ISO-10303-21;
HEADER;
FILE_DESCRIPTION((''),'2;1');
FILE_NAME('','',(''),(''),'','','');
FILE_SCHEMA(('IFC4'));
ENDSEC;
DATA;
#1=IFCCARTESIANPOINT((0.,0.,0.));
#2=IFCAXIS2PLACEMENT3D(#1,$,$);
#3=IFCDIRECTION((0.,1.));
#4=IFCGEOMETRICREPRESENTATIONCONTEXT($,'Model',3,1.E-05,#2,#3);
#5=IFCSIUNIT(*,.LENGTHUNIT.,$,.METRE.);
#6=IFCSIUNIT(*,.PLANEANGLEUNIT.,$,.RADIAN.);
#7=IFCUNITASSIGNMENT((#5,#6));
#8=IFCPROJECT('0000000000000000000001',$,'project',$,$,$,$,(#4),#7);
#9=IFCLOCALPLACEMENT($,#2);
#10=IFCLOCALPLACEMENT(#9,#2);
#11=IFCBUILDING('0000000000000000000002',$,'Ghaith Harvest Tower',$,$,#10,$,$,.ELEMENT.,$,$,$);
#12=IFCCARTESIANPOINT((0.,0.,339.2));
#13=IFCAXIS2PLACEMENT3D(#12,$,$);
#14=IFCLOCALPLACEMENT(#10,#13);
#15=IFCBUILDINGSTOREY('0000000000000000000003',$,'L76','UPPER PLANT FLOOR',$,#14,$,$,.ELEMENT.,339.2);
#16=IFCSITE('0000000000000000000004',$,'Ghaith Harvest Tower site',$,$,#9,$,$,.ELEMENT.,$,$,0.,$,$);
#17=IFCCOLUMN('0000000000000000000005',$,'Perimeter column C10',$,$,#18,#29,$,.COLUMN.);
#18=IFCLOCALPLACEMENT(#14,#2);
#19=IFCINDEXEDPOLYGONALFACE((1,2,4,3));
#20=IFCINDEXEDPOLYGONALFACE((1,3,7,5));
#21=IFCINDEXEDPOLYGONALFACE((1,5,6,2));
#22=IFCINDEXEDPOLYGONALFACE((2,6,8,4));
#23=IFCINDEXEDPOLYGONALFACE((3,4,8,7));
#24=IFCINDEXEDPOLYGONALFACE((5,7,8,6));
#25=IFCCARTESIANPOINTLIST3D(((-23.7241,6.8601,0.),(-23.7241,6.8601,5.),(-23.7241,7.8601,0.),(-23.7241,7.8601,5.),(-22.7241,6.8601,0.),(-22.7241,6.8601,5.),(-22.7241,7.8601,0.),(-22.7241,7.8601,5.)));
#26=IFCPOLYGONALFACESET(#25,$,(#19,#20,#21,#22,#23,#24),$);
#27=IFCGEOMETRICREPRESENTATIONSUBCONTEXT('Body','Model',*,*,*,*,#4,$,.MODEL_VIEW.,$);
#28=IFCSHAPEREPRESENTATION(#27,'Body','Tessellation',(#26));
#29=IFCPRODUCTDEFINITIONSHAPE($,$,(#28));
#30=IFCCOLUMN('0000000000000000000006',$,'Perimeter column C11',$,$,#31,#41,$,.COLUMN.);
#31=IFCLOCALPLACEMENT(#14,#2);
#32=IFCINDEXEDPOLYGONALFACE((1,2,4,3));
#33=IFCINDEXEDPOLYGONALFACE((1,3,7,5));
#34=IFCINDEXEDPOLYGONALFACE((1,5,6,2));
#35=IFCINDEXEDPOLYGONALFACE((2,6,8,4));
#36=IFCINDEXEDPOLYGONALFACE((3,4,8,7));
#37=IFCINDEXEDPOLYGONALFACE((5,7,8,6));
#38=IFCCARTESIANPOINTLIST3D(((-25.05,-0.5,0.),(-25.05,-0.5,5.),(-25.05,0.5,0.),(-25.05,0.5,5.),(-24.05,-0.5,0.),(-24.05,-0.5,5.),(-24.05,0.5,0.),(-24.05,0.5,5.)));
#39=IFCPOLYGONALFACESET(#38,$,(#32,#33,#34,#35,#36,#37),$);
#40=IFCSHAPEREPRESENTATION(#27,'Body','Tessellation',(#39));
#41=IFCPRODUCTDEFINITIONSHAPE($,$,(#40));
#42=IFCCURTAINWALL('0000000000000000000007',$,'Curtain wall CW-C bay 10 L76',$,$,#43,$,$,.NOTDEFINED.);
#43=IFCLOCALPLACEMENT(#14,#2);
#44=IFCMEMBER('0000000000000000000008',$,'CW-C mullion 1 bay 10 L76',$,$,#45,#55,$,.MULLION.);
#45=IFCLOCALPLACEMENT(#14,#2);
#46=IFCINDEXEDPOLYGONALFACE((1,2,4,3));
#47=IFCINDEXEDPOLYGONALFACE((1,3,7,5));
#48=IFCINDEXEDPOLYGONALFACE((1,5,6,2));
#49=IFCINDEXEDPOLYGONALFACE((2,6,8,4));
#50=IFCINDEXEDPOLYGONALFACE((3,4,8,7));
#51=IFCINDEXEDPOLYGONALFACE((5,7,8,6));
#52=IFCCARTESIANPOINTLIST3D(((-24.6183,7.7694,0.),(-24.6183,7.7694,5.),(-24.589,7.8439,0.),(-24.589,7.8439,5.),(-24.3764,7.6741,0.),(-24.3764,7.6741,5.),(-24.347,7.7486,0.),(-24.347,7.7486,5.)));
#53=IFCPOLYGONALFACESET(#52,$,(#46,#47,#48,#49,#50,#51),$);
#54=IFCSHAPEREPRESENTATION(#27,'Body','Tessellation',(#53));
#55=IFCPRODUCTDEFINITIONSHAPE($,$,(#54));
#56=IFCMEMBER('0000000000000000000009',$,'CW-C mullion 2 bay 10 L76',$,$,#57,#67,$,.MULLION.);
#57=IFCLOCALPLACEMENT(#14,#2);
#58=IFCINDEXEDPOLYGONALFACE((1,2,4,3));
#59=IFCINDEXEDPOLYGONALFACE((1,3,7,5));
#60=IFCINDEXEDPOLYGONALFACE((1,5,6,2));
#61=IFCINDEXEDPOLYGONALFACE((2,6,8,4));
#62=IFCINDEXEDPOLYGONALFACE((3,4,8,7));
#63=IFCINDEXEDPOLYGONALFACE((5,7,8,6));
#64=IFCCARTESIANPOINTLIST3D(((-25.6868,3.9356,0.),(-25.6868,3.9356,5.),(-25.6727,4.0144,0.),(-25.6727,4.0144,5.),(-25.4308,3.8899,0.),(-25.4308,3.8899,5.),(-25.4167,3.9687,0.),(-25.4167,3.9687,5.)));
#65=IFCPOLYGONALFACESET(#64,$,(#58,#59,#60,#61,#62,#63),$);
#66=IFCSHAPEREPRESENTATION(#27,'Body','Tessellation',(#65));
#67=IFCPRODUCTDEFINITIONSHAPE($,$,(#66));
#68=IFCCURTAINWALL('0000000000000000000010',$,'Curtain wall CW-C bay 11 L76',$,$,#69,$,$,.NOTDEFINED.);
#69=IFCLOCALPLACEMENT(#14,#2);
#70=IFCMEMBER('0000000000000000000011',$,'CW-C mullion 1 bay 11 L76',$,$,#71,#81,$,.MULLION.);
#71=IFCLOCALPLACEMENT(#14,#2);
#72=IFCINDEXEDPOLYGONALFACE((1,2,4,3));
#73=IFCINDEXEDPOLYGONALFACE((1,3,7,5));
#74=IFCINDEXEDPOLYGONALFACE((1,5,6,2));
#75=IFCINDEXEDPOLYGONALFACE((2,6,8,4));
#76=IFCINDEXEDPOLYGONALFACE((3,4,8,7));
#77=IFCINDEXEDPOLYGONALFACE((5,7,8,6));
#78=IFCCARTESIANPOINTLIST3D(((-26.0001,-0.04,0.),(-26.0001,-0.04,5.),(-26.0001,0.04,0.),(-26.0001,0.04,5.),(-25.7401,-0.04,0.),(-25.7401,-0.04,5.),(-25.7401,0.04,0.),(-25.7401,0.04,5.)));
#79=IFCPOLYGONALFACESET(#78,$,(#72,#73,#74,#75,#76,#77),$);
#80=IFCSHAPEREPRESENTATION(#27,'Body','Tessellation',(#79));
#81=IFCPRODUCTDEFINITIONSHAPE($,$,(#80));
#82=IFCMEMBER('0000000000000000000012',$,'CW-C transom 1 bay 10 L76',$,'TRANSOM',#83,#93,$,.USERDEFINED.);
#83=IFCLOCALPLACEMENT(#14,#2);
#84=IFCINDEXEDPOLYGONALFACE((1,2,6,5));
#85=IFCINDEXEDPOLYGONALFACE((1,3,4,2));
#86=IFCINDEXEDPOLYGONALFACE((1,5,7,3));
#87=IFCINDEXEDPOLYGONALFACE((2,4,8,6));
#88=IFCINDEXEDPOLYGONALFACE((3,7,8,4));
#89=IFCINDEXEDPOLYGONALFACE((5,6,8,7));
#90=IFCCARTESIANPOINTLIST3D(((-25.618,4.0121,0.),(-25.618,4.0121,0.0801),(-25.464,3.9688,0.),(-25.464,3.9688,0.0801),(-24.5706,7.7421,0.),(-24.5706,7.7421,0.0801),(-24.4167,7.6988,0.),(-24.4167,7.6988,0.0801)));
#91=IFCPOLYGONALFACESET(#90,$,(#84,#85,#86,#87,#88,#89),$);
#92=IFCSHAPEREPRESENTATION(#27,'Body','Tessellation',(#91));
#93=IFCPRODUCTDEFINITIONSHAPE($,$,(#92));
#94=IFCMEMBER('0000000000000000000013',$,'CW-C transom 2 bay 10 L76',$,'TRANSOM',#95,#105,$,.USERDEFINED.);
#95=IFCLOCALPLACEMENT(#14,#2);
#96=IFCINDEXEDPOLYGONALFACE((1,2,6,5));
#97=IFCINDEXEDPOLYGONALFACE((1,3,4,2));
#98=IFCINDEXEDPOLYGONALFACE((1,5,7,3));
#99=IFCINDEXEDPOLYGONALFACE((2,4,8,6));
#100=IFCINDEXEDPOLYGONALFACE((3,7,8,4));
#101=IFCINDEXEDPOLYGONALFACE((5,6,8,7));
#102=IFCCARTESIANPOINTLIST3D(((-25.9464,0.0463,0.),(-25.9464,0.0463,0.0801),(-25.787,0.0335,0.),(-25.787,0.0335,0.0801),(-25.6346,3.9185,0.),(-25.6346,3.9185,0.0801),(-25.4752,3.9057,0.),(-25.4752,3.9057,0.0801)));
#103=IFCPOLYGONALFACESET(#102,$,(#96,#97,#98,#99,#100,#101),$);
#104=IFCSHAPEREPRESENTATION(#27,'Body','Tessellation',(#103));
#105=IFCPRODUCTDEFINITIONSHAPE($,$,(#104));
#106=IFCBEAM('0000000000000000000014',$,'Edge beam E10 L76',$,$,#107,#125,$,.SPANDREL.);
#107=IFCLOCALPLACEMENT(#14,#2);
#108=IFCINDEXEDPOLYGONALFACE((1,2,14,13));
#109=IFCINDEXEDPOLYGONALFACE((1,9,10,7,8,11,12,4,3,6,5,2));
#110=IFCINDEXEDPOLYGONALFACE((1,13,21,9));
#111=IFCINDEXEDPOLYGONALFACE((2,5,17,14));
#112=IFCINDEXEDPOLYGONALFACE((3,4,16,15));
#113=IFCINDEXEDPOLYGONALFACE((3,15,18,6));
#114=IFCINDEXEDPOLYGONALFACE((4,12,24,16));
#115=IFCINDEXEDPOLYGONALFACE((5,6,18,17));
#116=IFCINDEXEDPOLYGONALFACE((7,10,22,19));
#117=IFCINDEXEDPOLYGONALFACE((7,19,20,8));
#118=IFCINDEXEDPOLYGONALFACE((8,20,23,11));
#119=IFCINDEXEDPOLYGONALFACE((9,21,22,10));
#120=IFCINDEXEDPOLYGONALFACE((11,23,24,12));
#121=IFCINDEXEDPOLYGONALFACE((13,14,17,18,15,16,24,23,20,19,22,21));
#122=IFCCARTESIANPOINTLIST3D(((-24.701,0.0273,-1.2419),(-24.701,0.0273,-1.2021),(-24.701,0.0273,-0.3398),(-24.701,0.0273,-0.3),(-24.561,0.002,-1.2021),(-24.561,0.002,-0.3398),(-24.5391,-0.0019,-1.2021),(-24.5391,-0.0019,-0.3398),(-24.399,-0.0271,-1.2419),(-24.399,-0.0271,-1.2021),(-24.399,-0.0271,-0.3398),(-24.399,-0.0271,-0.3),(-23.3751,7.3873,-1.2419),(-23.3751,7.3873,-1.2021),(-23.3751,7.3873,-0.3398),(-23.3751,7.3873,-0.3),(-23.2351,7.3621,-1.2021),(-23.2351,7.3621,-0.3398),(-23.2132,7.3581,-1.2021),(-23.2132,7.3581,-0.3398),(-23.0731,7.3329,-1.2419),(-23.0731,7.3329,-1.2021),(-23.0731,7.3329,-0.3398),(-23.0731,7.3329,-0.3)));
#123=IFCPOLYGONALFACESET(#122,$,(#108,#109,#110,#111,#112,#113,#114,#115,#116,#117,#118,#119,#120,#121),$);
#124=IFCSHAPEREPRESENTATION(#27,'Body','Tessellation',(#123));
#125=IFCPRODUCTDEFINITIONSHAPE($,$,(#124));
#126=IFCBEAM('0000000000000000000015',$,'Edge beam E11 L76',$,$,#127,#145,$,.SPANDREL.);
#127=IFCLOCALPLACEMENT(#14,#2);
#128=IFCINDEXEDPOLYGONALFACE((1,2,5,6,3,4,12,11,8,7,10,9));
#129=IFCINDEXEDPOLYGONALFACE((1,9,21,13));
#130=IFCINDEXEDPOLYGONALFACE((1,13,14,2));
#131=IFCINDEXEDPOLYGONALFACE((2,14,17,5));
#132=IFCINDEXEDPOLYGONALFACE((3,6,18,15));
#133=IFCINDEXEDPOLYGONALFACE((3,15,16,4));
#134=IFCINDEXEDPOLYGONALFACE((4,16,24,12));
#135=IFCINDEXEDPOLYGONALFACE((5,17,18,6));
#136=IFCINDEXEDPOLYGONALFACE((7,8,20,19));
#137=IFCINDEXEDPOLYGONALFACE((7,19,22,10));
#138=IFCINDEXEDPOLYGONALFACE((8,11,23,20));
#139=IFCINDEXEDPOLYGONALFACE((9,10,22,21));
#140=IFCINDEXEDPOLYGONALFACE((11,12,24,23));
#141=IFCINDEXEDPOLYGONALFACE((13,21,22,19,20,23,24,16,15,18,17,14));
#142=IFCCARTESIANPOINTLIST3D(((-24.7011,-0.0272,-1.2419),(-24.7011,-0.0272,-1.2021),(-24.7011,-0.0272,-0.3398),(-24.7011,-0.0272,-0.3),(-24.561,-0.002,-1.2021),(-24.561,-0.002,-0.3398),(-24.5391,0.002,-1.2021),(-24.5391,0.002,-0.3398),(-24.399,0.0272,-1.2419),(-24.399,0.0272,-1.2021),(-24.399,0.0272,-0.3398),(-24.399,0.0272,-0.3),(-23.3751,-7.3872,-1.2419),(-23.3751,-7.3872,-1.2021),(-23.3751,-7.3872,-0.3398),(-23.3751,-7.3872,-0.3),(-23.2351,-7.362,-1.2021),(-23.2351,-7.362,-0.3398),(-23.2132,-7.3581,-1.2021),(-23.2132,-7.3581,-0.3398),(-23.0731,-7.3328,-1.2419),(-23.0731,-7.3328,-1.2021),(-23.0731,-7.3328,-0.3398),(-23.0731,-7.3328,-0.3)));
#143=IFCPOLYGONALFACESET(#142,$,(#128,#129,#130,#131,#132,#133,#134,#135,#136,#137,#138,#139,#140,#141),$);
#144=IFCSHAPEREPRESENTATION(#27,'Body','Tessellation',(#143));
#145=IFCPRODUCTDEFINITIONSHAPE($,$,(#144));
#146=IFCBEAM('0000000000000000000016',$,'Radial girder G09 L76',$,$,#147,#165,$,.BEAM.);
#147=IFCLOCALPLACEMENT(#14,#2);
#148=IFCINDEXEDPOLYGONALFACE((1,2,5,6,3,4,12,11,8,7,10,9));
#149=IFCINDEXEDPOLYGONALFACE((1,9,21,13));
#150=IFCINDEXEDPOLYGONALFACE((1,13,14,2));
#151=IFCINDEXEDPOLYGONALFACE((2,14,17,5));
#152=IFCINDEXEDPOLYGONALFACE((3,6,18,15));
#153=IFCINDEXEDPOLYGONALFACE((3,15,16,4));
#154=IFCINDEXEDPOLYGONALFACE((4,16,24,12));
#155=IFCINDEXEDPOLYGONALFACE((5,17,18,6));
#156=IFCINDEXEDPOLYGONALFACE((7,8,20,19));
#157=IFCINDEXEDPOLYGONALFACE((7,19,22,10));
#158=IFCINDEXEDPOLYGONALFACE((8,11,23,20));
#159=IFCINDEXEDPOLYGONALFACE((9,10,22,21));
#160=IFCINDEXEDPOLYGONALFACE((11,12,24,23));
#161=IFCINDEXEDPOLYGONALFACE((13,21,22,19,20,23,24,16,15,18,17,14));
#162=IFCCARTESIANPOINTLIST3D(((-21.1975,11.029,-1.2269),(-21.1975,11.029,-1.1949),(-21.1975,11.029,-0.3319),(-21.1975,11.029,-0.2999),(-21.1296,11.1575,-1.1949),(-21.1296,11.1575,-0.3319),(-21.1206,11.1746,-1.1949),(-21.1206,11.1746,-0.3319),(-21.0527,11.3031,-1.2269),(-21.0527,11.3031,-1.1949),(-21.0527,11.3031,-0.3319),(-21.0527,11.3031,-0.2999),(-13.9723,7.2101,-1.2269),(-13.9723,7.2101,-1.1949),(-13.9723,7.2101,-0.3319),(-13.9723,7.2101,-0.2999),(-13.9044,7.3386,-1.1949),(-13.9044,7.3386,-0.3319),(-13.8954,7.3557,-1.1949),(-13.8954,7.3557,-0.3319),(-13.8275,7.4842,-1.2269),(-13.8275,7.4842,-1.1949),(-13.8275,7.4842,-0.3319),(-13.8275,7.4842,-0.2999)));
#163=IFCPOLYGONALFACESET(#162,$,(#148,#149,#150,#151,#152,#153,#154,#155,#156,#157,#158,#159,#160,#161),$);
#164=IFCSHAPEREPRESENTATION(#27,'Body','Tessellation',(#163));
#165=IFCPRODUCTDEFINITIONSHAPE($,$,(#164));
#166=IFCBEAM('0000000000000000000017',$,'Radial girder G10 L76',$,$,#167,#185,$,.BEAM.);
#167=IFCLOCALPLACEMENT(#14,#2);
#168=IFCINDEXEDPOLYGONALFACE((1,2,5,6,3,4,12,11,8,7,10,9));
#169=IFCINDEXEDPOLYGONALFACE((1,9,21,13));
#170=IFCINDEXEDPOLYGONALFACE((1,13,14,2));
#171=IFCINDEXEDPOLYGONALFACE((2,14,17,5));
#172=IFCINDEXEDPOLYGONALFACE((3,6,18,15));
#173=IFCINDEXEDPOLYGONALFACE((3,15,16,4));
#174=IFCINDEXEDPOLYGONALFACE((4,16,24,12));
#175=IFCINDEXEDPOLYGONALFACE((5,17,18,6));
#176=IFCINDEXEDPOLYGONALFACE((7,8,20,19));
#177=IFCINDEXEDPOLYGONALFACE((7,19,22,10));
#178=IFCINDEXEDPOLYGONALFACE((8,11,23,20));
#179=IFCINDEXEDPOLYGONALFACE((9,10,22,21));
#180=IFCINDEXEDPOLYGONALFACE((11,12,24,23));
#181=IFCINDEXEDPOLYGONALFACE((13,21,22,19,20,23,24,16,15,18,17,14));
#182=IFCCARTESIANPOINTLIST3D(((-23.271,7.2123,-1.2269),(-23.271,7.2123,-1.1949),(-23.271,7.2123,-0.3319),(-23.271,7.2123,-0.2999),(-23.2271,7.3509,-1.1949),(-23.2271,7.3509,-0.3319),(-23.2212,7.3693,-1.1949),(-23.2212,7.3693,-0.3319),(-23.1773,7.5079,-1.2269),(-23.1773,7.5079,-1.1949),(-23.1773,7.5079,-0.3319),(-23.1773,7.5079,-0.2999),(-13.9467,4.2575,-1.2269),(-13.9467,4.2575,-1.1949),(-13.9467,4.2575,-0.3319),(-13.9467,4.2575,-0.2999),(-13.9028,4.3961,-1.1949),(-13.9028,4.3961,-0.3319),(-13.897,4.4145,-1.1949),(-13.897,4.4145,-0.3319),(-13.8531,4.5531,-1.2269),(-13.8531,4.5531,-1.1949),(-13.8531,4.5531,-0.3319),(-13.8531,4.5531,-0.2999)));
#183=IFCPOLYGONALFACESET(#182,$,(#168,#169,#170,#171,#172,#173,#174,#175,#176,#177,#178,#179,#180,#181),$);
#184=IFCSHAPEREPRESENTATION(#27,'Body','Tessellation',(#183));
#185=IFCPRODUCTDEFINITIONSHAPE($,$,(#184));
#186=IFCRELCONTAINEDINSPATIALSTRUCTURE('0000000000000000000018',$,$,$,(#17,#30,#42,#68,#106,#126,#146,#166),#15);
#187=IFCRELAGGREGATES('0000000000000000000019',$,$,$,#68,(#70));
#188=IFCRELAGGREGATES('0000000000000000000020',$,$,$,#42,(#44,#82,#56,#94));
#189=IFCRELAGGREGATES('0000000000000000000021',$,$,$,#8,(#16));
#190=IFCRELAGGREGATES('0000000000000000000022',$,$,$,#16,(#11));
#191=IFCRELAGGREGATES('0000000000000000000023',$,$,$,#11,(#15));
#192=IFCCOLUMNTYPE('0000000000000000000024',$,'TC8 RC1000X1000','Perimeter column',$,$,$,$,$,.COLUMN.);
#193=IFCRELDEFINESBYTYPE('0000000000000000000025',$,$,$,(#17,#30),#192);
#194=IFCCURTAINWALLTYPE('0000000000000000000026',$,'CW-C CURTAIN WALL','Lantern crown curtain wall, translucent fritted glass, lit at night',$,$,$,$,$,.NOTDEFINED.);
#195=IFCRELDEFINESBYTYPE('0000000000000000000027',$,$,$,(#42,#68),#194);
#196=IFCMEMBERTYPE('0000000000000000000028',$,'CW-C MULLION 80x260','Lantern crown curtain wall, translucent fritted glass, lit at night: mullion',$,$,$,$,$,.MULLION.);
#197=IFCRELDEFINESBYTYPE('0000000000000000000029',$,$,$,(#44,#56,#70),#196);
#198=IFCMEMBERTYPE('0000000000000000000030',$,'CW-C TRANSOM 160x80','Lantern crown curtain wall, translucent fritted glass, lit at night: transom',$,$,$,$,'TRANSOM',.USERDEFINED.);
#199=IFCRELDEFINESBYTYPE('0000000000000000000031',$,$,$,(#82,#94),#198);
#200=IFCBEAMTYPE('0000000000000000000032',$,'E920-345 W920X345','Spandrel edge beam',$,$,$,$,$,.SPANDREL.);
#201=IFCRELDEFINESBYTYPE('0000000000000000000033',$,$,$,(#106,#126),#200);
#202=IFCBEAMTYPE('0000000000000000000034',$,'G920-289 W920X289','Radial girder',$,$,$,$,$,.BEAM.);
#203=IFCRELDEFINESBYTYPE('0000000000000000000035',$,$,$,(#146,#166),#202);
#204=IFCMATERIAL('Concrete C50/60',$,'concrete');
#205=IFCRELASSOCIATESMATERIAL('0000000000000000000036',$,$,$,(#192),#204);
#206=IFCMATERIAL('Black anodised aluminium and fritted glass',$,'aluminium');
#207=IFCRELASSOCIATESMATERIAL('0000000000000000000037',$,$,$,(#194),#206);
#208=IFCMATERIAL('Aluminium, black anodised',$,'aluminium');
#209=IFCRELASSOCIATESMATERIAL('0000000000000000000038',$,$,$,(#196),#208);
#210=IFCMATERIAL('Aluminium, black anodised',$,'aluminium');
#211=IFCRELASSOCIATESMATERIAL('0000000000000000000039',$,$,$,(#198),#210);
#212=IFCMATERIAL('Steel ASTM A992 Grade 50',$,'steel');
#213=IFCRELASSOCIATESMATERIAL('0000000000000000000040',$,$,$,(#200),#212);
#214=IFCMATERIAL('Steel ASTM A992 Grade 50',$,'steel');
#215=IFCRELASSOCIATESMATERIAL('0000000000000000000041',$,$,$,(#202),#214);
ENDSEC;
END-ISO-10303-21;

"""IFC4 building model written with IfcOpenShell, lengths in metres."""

from ifc_helpers import new_model, si_unit, direction, frame, origin, origin_2d, place, context, subcontext, project, spatial, rectangle, i_section, extrude, material, material_profile, profile_set, type_object, element, aggregate, save


model = new_model("IFC4")

# Units and contexts
model_context = context("Model", 3, precision=1e-05, world=origin(), true_north=direction((0.0, 1.0)))
body_context = subcontext(model_context, "Body", "Model", "MODEL_VIEW")
ifc_project = project(units=[si_unit("LENGTHUNIT", "METRE"), si_unit("PLANEANGLEUNIT", "RADIAN")], contexts=[model_context])

# Site, building, storey
site_placement = place(None, origin())
site = spatial("IfcSite", under=ifc_project, at=site_placement, Name="Ghaith Harvest Tower site", CompositionType="ELEMENT", RefElevation=0.0)
building_placement = place(site_placement, origin())
building = spatial("IfcBuilding", under=site, at=building_placement, Name="Ghaith Harvest Tower", CompositionType="ELEMENT")
storey_placement = place(building_placement, frame((0.0, 0.0, 339.2)))
storey = spatial("IfcBuildingStorey", under=building, at=storey_placement, Name="L76", Description="UPPER PLANT FLOOR", CompositionType="ELEMENT", Elevation=339.2)

# Columns
ifc_material_1 = material(Name="Concrete C50/60", Category="concrete")
ifc_material_profile_1 = material_profile(ifc_material_1, rectangle(XDim=1.0, YDim=1.0, at=origin_2d()), Name="RC1000X1000")
ifc_profile_set_1 = profile_set([ifc_material_profile_1], Name="Concrete C50/60")
column_type = type_object("IfcColumnType", Name="TC8 RC1000X1000", Description="Perimeter column", PredefinedType="COLUMN", material=ifc_profile_set_1)
for number, where, z_axis, x_axis, name in (
    (1, (-23.2241, 7.3601, 0.0), (0.0, 0.0, 1.0), (1.0, 0.0, 0.0), "Perimeter column C10"),
    (2, (-24.55, 0.0, 0.0), (0.0, 0.0, 1.0), (1.0, 0.0, 0.0), "Perimeter column C11"),
):
    element("IfcColumn", number, at=place(storey_placement, frame(where, z_axis=z_axis, x_axis=x_axis)), inside=storey, type_object=column_type, Name=name, PredefinedType="COLUMN", context=body_context, shape_type="SweptSolid", body=[
        extrude(rectangle(XDim=1.0, YDim=1.0, at=origin_2d()), origin(), (0.0, 0.0, 1.0), 5.0),
    ])

# Curtain wall, members
ifc_material_2 = material(Name="Black anodised aluminium and fritted glass", Category="aluminium")
curtain_wall_type = type_object("IfcCurtainWallType", Name="CW-C CURTAIN WALL", Description="Lantern crown curtain wall, translucent fritted glass, lit at night", PredefinedType="NOTDEFINED", material=ifc_material_2)
curtain_wall_1_placement = place(storey_placement, origin())
curtain_wall_1 = element("IfcCurtainWall", 3, at=curtain_wall_1_placement, inside=storey, type_object=curtain_wall_type, Name="Curtain wall CW-C bay 10 L76", PredefinedType="NOTDEFINED")
ifc_material_3 = material(Name="Aluminium, black anodised", Category="aluminium")
ifc_material_profile_2 = material_profile(ifc_material_3, rectangle(XDim=0.0801, YDim=0.26, at=origin_2d()), Name="CW-C MULLION 80x260")
ifc_profile_set_2 = profile_set([ifc_material_profile_2], Name="Aluminium, black anodised")
member_type_1 = type_object("IfcMemberType", Name="CW-C MULLION 80x260", Description="Lantern crown curtain wall, translucent fritted glass, lit at night: mullion", PredefinedType="MULLION", material=ifc_profile_set_2)
member_1_placement = place(storey_placement, frame((-24.4827, 7.759, 0.0), z_axis=(0.0, 0.0, 1.0), x_axis=(-0.366473, -0.930429, 0.0)))
member_1 = element("IfcMember", 4, at=member_1_placement, type_object=member_type_1, Name="CW-C mullion 1 bay 10 L76", PredefinedType="MULLION", context=body_context, shape_type="SweptSolid", body=[
    extrude(rectangle(XDim=0.0801, YDim=0.26, at=origin_2d()), origin(), (0.0, 0.0, 1.0), 5.0),
])
member_2_placement = place(storey_placement, frame((-25.5518, 3.9521, 0.0), z_axis=(0.0, 0.0, 1.0), x_axis=(-0.176001, -0.98439, 0.0)))
member_2 = element("IfcMember", 5, at=member_2_placement, type_object=member_type_1, Name="CW-C mullion 2 bay 10 L76", PredefinedType="MULLION", context=body_context, shape_type="SweptSolid", body=[
    extrude(rectangle(XDim=0.0801, YDim=0.26, at=origin_2d()), origin(), (0.0, 0.0, 1.0), 5.0),
])

# Curtain wall, member
curtain_wall_2_placement = place(storey_placement, origin())
curtain_wall_2 = element("IfcCurtainWall", 6, at=curtain_wall_2_placement, inside=storey, type_object=curtain_wall_type, Name="Curtain wall CW-C bay 11 L76", PredefinedType="NOTDEFINED")
member_3_placement = place(storey_placement, frame((-25.8701, 0.0, 0.0), z_axis=(0.0, 0.0, 1.0), x_axis=(0.0, -1.0, 0.0)))
member_3 = element("IfcMember", 7, at=member_3_placement, type_object=member_type_1, Name="CW-C mullion 1 bay 11 L76", PredefinedType="MULLION", context=body_context, shape_type="SweptSolid", body=[
    extrude(rectangle(XDim=0.0801, YDim=0.26, at=origin_2d()), origin(), (0.0, 0.0, 1.0), 5.0),
])
aggregate(curtain_wall_2, [member_3])

# Members
ifc_material_4 = material(Name="Aluminium, black anodised", Category="aluminium")
ifc_material_profile_3 = material_profile(ifc_material_4, rectangle(XDim=0.1599, YDim=0.0801, at=origin_2d()), Name="CW-C TRANSOM 160x80")
ifc_profile_set_3 = profile_set([ifc_material_profile_3], Name="Aluminium, black anodised")
member_type_2 = type_object("IfcMemberType", Name="CW-C TRANSOM 160x80", Description="Lantern crown curtain wall, translucent fritted glass, lit at night: transom", ElementType="TRANSOM", PredefinedType="USERDEFINED", material=ifc_profile_set_3)
member_4_placement = place(storey_placement, frame((-24.4937, 7.7205, 0.04), z_axis=(-0.27034, -0.962765, 0.0), x_axis=(0.962765, -0.27034, 0.0)))
member_4 = element("IfcMember", 8, at=member_4_placement, type_object=member_type_2, Name="CW-C transom 1 bay 10 L76", ObjectType="TRANSOM", PredefinedType="USERDEFINED", context=body_context, shape_type="SweptSolid", body=[
    extrude(rectangle(XDim=0.1599, YDim=0.0801, at=origin_2d()), origin(), (0.0, 0.0, 1.0), 3.8743),
])
member_5_placement = place(storey_placement, frame((-25.5549, 3.9121, 0.04), z_axis=(-0.080252, -0.996775, 0.0), x_axis=(0.996775, -0.080252, 0.0)))
member_5 = element("IfcMember", 9, at=member_5_placement, type_object=member_type_2, Name="CW-C transom 2 bay 10 L76", ObjectType="TRANSOM", PredefinedType="USERDEFINED", context=body_context, shape_type="SweptSolid", body=[
    extrude(rectangle(XDim=0.1599, YDim=0.0801, at=origin_2d()), origin(), (0.0, 0.0, 1.0), 3.8848),
])

# Beams
ifc_material_5 = material(Name="Steel ASTM A992 Grade 50", Category="steel")
ifc_material_profile_4 = material_profile(ifc_material_5, i_section(OverallWidth=0.3069, OverallDepth=0.9419, WebThickness=0.0222, FlangeThickness=0.0398, at=origin_2d()), Name="W920X345")
ifc_profile_set_4 = profile_set([ifc_material_profile_4], Name="Steel ASTM A992 Grade 50")
beam_type_1 = type_object("IfcBeamType", Name="E920-345 W920X345", Description="Spandrel edge beam", PredefinedType="SPANDREL", material=ifc_profile_set_4)
for number, where, z_axis, x_axis, name in (
    (10, (-23.2241, 7.3601, -0.771), (-0.177297, -0.984157, 0.0), (0.984157, -0.177297, 0.0), "Edge beam E10 L76"),
    (11, (-24.55, 0.0, -0.771), (0.177297, -0.984157, 0.0), (0.984157, 0.177297, 0.0), "Edge beam E11 L76"),
):
    element("IfcBeam", number, at=place(storey_placement, frame(where, z_axis=z_axis, x_axis=x_axis)), inside=storey, type_object=beam_type_1, Name=name, PredefinedType="SPANDREL", context=body_context, shape_type="SweptSolid", body=[
        extrude(i_section(OverallWidth=0.3069, OverallDepth=0.9419, WebThickness=0.0222, FlangeThickness=0.0398, at=origin_2d()), origin(), (0.0, 0.0, 1.0), 7.4785),
    ])
ifc_material_6 = material(Name="Steel ASTM A992 Grade 50", Category="steel")
ifc_material_profile_5 = material_profile(ifc_material_6, i_section(OverallWidth=0.3101, OverallDepth=0.927, WebThickness=0.0193, FlangeThickness=0.032, at=origin_2d()), Name="W920X289")
ifc_profile_set_5 = profile_set([ifc_material_profile_5], Name="Steel ASTM A992 Grade 50")
beam_type_2 = type_object("IfcBeamType", Name="G920-289 W920X289", Description="Radial girder", PredefinedType="BEAM", material=ifc_profile_set_5)
beam_1_placement = place(storey_placement, frame((-13.8999, 7.3472, -0.7634), z_axis=(-0.884102, 0.467295, 0.0), x_axis=(-0.467295, -0.884102, 0.0)))
element("IfcBeam", 12, at=beam_1_placement, inside=storey, type_object=beam_type_2, Name="Radial girder G09 L76", PredefinedType="BEAM", context=body_context, shape_type="SweptSolid", body=[
    extrude(i_section(OverallWidth=0.3101, OverallDepth=0.927, WebThickness=0.0193, FlangeThickness=0.032, at=origin_2d()), origin(), (0.0, 0.0, 1.0), 8.1724),
])
beam_2_placement = place(storey_placement, frame((-13.8999, 4.4053, -0.7634), z_axis=(-0.953279, 0.302093, 0.0), x_axis=(-0.302093, -0.953279, 0.0)))
element("IfcBeam", 13, at=beam_2_placement, inside=storey, type_object=beam_type_2, Name="Radial girder G10 L76", PredefinedType="BEAM", context=body_context, shape_type="SweptSolid", body=[
    extrude(i_section(OverallWidth=0.3101, OverallDepth=0.927, WebThickness=0.0193, FlangeThickness=0.032, at=origin_2d()), origin(), (0.0, 0.0, 1.0), 9.7812),
])

aggregate(curtain_wall_1, [member_1, member_4, member_2, member_5])

save(model, "model.ifc")
